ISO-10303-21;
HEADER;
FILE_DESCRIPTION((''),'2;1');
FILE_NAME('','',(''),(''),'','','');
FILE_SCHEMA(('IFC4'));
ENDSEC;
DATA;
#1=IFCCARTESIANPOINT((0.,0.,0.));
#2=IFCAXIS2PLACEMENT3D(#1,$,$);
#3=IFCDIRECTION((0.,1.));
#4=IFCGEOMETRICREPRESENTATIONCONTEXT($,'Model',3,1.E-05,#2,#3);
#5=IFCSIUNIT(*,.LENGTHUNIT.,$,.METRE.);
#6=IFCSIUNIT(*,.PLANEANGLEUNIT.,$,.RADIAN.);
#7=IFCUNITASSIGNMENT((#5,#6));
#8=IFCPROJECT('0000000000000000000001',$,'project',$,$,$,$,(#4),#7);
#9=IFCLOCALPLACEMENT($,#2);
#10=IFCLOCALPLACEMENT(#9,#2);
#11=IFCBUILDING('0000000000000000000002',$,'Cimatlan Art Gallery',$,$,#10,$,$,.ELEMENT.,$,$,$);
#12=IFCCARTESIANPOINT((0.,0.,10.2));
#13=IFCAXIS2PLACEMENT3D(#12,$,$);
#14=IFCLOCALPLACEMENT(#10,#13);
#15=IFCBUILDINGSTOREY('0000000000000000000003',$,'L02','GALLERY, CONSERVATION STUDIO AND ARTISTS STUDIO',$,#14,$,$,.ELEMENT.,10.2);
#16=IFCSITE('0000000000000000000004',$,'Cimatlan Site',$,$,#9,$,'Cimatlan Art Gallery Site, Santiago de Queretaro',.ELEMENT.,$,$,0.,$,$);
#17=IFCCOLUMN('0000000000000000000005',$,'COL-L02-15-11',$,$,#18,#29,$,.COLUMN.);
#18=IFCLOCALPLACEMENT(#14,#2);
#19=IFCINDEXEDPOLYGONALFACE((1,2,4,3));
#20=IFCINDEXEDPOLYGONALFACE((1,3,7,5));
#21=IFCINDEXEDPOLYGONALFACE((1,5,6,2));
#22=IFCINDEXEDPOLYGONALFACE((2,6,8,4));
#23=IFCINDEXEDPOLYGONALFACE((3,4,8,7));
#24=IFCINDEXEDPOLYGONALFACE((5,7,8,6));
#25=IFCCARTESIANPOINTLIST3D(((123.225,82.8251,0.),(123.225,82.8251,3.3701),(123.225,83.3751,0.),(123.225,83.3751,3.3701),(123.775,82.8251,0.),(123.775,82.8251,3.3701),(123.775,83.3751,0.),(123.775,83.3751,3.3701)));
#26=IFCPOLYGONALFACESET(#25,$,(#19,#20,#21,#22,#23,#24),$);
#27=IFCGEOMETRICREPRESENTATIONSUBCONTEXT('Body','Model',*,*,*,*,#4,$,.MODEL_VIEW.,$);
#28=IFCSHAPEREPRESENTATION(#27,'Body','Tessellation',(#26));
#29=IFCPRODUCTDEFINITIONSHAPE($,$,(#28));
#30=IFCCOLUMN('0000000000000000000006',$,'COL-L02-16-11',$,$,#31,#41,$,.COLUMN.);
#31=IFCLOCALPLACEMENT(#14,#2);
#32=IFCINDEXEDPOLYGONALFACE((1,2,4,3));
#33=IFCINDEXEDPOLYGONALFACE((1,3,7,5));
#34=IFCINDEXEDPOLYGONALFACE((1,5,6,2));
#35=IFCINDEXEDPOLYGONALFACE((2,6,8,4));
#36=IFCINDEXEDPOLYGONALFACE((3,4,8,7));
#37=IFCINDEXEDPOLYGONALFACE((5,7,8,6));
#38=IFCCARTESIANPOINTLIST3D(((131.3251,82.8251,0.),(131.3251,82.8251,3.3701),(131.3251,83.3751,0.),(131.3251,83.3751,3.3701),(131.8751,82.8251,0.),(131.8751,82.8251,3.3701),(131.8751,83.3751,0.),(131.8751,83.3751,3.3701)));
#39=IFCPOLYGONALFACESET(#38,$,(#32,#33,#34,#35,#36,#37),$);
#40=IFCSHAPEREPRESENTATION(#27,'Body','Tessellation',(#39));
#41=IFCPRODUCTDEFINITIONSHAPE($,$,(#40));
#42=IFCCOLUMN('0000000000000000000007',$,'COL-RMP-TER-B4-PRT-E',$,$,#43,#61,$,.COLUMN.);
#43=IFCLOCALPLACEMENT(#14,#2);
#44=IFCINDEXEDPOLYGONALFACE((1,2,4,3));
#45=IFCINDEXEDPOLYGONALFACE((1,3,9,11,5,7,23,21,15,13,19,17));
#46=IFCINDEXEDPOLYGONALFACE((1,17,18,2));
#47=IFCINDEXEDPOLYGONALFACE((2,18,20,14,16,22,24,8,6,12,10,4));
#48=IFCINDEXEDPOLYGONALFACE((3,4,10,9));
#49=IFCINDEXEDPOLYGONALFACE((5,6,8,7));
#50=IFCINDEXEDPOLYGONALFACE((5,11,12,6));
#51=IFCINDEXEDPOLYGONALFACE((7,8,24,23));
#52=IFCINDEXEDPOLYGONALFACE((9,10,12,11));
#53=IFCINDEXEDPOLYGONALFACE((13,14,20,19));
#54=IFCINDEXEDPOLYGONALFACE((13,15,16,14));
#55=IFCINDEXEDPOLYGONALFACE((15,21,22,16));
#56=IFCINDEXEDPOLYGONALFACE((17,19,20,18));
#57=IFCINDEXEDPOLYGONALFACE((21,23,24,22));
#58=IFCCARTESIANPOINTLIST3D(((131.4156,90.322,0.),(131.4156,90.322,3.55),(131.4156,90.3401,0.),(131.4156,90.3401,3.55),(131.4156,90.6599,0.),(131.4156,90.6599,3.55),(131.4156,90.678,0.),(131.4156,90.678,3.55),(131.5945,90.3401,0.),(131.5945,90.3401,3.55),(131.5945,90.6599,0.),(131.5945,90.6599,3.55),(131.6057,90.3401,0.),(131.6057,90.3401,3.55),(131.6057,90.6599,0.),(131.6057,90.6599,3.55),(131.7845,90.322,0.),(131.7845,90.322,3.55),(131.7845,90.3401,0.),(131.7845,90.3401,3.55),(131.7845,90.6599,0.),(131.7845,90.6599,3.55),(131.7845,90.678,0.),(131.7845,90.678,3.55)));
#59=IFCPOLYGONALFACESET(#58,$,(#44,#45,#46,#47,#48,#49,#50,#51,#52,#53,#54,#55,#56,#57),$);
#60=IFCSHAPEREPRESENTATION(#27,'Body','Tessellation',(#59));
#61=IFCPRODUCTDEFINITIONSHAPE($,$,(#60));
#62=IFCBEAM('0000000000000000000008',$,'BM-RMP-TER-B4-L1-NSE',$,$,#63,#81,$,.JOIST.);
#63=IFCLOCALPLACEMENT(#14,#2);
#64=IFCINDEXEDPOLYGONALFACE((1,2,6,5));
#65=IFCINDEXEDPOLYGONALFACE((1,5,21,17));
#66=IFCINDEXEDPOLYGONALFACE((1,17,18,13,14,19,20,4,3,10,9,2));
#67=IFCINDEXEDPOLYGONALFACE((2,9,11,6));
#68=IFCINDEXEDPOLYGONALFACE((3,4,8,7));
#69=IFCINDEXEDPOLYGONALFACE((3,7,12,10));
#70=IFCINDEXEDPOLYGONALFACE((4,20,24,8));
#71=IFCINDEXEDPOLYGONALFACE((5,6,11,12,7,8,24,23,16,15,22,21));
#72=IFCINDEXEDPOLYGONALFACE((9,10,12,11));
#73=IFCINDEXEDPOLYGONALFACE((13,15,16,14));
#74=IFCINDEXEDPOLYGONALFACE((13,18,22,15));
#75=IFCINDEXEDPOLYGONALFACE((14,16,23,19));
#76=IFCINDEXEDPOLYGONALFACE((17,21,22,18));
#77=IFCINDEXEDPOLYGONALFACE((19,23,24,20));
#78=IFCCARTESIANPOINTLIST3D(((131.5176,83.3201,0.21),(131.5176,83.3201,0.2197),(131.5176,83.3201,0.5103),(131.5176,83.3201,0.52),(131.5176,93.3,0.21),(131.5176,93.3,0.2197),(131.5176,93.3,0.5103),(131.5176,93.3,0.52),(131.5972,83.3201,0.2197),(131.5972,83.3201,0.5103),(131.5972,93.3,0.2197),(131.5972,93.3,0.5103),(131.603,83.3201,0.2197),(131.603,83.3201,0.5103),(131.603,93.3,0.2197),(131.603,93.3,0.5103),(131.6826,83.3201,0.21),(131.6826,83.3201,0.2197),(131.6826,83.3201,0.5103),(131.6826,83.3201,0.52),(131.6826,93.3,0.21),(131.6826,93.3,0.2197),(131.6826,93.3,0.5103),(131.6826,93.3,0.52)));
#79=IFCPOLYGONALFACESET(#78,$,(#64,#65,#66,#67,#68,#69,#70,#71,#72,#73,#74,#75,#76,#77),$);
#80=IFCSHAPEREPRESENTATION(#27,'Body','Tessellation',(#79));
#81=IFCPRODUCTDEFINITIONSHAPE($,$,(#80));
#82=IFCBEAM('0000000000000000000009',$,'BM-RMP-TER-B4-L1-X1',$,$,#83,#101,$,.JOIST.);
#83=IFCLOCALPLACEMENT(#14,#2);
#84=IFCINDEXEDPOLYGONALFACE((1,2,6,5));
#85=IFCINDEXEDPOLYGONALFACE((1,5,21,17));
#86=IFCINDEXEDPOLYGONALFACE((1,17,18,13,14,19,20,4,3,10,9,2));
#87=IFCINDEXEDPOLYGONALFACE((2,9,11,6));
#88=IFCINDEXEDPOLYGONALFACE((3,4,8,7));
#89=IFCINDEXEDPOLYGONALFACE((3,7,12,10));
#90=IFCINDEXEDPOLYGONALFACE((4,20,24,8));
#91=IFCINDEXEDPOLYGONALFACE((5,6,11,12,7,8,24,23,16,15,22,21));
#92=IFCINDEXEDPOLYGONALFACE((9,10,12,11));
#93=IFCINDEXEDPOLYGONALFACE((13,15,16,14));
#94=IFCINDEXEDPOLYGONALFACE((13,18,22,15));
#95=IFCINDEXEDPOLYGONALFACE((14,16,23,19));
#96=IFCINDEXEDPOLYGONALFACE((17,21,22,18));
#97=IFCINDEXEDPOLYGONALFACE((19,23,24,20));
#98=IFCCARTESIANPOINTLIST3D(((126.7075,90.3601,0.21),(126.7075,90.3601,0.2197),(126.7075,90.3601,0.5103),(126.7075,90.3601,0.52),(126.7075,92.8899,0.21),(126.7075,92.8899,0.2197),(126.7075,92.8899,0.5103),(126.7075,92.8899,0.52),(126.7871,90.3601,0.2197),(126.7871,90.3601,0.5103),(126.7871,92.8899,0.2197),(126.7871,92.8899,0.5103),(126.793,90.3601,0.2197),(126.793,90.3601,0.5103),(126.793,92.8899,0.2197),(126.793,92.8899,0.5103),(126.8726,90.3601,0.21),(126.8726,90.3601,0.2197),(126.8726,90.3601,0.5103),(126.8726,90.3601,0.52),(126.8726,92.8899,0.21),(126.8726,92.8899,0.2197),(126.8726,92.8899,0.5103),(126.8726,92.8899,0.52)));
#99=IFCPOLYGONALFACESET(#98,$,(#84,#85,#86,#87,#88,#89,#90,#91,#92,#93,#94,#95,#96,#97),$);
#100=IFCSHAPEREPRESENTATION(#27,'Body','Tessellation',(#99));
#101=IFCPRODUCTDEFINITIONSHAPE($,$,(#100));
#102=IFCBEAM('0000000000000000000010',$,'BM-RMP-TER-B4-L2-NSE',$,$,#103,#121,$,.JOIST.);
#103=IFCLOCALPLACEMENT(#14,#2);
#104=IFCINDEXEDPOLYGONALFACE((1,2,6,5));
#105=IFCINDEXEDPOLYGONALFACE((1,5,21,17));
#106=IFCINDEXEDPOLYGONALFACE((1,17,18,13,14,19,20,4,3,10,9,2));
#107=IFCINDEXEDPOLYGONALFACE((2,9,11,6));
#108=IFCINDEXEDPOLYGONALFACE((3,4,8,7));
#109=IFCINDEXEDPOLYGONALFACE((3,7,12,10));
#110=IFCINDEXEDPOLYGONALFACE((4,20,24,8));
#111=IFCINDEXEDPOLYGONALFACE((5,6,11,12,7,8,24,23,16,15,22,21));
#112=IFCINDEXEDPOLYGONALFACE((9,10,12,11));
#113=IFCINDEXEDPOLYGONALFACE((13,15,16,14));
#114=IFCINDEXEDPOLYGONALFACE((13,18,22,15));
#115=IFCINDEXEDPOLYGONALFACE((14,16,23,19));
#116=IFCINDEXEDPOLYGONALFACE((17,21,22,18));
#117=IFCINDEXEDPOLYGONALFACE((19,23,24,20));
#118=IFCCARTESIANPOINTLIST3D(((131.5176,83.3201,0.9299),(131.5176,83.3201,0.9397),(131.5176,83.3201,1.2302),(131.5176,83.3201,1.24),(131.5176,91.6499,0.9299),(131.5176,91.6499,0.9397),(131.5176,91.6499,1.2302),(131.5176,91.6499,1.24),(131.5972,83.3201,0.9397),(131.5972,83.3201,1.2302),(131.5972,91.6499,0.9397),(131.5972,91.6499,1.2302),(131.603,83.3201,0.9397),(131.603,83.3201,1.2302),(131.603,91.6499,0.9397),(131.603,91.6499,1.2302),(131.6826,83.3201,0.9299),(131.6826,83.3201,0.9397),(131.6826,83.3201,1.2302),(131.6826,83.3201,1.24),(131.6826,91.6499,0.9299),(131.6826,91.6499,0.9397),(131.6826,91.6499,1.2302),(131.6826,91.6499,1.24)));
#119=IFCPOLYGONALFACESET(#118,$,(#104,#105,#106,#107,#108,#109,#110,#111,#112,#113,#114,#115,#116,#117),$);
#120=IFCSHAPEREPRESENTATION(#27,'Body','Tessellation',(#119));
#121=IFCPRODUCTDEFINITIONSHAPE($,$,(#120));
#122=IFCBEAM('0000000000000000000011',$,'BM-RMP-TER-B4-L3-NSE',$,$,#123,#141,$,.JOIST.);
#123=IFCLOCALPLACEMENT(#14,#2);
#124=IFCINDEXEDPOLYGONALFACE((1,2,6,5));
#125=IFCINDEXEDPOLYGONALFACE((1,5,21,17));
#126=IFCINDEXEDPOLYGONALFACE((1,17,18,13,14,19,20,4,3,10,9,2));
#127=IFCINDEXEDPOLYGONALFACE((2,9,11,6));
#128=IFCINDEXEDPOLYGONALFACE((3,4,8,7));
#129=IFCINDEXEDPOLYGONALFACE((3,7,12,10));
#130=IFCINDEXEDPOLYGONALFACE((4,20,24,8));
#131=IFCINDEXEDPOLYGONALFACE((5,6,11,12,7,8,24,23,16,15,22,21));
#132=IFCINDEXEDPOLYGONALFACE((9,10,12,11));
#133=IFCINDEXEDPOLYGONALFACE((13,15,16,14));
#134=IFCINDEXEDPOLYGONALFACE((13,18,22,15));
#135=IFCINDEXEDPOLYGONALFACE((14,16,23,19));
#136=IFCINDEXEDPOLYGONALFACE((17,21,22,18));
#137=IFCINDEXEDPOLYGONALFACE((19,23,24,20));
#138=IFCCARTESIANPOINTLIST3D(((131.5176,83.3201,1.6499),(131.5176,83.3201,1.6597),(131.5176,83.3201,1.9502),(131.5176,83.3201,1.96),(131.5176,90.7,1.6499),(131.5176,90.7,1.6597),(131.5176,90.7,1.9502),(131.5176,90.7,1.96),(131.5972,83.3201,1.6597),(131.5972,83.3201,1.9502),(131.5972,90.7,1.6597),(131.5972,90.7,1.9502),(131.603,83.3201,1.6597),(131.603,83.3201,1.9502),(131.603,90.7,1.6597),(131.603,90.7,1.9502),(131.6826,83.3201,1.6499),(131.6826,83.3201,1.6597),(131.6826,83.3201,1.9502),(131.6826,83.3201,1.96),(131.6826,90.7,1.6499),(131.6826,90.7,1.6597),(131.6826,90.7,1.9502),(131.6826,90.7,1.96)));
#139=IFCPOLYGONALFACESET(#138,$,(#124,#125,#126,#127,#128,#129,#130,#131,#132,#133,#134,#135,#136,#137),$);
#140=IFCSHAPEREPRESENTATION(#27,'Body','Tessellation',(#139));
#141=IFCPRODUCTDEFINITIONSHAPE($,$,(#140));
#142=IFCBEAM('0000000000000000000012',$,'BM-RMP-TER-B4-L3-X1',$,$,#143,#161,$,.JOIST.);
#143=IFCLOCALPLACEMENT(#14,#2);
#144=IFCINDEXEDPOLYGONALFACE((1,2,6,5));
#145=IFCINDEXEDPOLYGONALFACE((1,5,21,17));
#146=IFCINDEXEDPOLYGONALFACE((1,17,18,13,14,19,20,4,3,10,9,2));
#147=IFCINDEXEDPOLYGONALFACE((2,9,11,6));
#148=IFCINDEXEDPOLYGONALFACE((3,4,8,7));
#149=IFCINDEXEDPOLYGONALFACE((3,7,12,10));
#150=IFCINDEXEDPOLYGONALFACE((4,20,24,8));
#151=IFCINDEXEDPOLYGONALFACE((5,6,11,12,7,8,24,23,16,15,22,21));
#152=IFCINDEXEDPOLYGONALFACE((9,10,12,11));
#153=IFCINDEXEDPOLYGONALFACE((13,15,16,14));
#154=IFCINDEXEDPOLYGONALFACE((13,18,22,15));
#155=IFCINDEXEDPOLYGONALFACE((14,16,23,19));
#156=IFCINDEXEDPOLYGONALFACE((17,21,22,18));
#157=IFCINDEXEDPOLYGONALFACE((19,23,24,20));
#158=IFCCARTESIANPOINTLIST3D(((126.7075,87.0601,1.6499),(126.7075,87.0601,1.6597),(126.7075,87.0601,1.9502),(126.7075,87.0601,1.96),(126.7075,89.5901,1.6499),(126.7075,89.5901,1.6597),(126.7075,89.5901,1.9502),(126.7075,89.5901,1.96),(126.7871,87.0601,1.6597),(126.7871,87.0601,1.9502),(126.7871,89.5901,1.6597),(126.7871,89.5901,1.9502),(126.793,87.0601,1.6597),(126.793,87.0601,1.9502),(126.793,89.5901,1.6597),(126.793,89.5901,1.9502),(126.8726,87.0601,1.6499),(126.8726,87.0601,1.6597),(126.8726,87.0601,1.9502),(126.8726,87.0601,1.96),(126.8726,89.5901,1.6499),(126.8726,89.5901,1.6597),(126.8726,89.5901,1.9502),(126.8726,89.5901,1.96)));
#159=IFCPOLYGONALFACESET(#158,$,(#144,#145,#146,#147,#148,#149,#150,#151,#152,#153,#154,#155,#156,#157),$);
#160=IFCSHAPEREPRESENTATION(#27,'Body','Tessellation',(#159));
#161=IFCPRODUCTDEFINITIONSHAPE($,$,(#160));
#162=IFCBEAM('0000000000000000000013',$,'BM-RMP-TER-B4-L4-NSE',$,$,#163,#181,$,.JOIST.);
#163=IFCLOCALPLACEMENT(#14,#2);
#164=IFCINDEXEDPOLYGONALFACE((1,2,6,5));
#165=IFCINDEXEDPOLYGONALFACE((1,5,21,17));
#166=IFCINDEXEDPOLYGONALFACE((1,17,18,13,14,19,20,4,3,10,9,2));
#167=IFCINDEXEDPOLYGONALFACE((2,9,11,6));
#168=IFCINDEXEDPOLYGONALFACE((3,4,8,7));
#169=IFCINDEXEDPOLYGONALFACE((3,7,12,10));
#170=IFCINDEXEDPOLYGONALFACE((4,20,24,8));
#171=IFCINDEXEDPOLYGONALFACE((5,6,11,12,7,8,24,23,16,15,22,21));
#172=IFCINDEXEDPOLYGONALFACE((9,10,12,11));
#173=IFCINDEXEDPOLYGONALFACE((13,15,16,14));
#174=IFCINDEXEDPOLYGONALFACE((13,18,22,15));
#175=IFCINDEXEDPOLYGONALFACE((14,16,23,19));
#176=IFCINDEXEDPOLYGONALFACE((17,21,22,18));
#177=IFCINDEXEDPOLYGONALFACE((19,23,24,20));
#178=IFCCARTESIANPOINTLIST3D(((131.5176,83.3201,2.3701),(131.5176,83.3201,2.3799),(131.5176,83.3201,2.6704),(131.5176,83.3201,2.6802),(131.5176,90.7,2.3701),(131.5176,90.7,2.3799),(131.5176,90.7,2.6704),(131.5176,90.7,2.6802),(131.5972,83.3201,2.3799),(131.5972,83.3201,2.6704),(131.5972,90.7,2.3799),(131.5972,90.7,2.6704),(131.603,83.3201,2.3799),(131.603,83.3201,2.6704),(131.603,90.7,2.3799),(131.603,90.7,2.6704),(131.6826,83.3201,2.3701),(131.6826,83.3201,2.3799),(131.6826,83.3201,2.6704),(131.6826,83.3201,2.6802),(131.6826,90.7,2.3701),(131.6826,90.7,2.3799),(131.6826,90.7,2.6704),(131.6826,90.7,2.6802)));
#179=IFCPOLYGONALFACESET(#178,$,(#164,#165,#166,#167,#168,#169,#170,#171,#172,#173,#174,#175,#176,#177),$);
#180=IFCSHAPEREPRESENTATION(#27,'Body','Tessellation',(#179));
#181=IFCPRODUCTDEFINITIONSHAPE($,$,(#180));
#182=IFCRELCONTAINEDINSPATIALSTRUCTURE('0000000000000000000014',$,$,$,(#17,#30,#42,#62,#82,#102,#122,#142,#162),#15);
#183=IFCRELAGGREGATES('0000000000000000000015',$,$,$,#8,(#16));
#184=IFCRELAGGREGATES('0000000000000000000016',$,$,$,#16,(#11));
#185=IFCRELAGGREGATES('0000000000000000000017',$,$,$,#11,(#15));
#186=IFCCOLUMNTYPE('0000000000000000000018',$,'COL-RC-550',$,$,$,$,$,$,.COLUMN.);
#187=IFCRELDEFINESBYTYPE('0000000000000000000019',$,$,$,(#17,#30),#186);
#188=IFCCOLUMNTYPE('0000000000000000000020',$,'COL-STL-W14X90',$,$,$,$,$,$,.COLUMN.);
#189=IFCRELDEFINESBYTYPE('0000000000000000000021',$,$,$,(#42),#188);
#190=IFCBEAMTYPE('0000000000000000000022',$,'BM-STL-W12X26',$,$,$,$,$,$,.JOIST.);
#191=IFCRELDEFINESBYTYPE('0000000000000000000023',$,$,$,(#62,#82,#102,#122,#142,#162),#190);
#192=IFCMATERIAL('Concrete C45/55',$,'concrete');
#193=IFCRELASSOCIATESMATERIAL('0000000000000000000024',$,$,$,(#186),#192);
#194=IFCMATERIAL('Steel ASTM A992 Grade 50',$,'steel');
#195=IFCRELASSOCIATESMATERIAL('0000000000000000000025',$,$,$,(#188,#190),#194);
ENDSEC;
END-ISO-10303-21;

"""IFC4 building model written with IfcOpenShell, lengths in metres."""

from ifc_helpers import new_model, si_unit, direction, frame, origin, origin_2d, place, context, subcontext, project, spatial, rectangle, i_section, extrude, material, material_profile, profile_set, type_object, element, save


model = new_model("IFC4")

# Units and contexts
model_context = context("Model", 3, precision=1e-05, world=origin(), true_north=direction((0.0, 1.0)))
body_context = subcontext(model_context, "Body", "Model", "MODEL_VIEW")
ifc_project = project(units=[si_unit("LENGTHUNIT", "METRE"), si_unit("PLANEANGLEUNIT", "RADIAN")], contexts=[model_context])

# Site, building, storey
site_placement = place(None, origin())
site = spatial("IfcSite", under=ifc_project, at=site_placement, Name="Cimatlan Site", LongName="Cimatlan Art Gallery Site, Santiago de Queretaro", CompositionType="ELEMENT", RefElevation=0.0)
building_placement = place(site_placement, origin())
building = spatial("IfcBuilding", under=site, at=building_placement, Name="Cimatlan Art Gallery", CompositionType="ELEMENT")
storey_placement = place(building_placement, frame((0.0, 0.0, 10.2)))
storey = spatial("IfcBuildingStorey", under=building, at=storey_placement, Name="L02", Description="GALLERY, CONSERVATION STUDIO AND ARTISTS STUDIO", CompositionType="ELEMENT", Elevation=10.2)

# Columns
ifc_material_1 = material(Name="Concrete C45/55", Category="concrete")
ifc_material_profile_1 = material_profile(ifc_material_1, rectangle(XDim=0.55, YDim=0.55, at=origin_2d()), Name="RC550X550")
ifc_profile_set_1 = profile_set([ifc_material_profile_1], Name="Concrete C45/55")
column_type_1 = type_object("IfcColumnType", Name="COL-RC-550", PredefinedType="COLUMN", material=ifc_profile_set_1)
for number, where, z_axis, x_axis, name in (
    (1, (123.5, 83.1001, 0.0), (0.0, 0.0, 1.0), (1.0, 0.0, 0.0), "COL-L02-15-11"),
    (2, (131.6001, 83.1001, 0.0), (0.0, 0.0, 1.0), (1.0, 0.0, 0.0), "COL-L02-16-11"),
):
    element("IfcColumn", number, at=place(storey_placement, frame(where, z_axis=z_axis, x_axis=x_axis)), inside=storey, type_object=column_type_1, Name=name, PredefinedType="COLUMN", context=body_context, shape_type="SweptSolid", body=[
        extrude(rectangle(XDim=0.55, YDim=0.55, at=origin_2d()), origin(), (0.0, 0.0, 1.0), 3.3701),
    ])
ifc_material_2 = material(Name="Steel ASTM A992 Grade 50", Category="steel")
ifc_material_profile_2 = material_profile(ifc_material_2, i_section(OverallWidth=0.3689, OverallDepth=0.356, WebThickness=0.0112, FlangeThickness=0.0181, at=origin_2d()), Name="W14X90")
ifc_profile_set_2 = profile_set([ifc_material_profile_2], Name="Steel ASTM A992 Grade 50")
column_type_2 = type_object("IfcColumnType", Name="COL-STL-W14X90", PredefinedType="COLUMN", material=ifc_profile_set_2)
column_placement = place(storey_placement, frame((131.6001, 90.5, 0.0), z_axis=(0.0, 0.0, 1.0), x_axis=(1.0, 0.0, 0.0)))
element("IfcColumn", 3, at=column_placement, inside=storey, type_object=column_type_2, Name="COL-RMP-TER-B4-PRT-E", PredefinedType="COLUMN", context=body_context, shape_type="SweptSolid", body=[
    extrude(i_section(OverallWidth=0.3689, OverallDepth=0.356, WebThickness=0.0112, FlangeThickness=0.0181, at=origin_2d()), origin(), (0.0, 0.0, 1.0), 3.55),
])

# Beams
ifc_material_profile_3 = material_profile(ifc_material_2, i_section(OverallWidth=0.165, OverallDepth=0.3101, WebThickness=0.0059, FlangeThickness=0.0098, at=origin_2d()), Name="W12X26")
ifc_profile_set_3 = profile_set([ifc_material_profile_3], Name="Steel ASTM A992 Grade 50")
beam_type_1 = type_object("IfcBeamType", Name="BM-STL-W12X26", PredefinedType="JOIST", material=ifc_profile_set_3)
beam_1_placement = place(storey_placement, frame((131.6001, 83.3201, 0.365), z_axis=(0.0, 1.0, 0.0), x_axis=(-1.0, 0.0, 0.0)))
element("IfcBeam", 4, at=beam_1_placement, inside=storey, type_object=beam_type_1, Name="BM-RMP-TER-B4-L1-NSE", PredefinedType="JOIST", context=body_context, shape_type="SweptSolid", body=[
    extrude(i_section(OverallWidth=0.165, OverallDepth=0.3101, WebThickness=0.0059, FlangeThickness=0.0098, at=origin_2d()), origin(), (0.0, 0.0, 1.0), 9.98),
])
beam_2_placement = place(storey_placement, frame((126.79, 90.3601, 0.365), z_axis=(0.0, 1.0, 0.0), x_axis=(-1.0, 0.0, 0.0)))
element("IfcBeam", 5, at=beam_2_placement, inside=storey, type_object=beam_type_1, Name="BM-RMP-TER-B4-L1-X1", PredefinedType="JOIST", context=body_context, shape_type="SweptSolid", body=[
    extrude(i_section(OverallWidth=0.165, OverallDepth=0.3101, WebThickness=0.0059, FlangeThickness=0.0098, at=origin_2d()), origin(), (0.0, 0.0, 1.0), 2.5298),
])
beam_3_placement = place(storey_placement, frame((131.6001, 83.3201, 1.085), z_axis=(0.0, 1.0, 0.0), x_axis=(-1.0, 0.0, 0.0)))
element("IfcBeam", 6, at=beam_3_placement, inside=storey, type_object=beam_type_1, Name="BM-RMP-TER-B4-L2-NSE", PredefinedType="JOIST", context=body_context, shape_type="SweptSolid", body=[
    extrude(i_section(OverallWidth=0.165, OverallDepth=0.3101, WebThickness=0.0059, FlangeThickness=0.0098, at=origin_2d()), origin(), (0.0, 0.0, 1.0), 8.3298),
])
beam_4_placement = place(storey_placement, frame((131.6001, 83.3201, 1.8049), z_axis=(0.0, 1.0, 0.0), x_axis=(-1.0, 0.0, 0.0)))
element("IfcBeam", 7, at=beam_4_placement, inside=storey, type_object=beam_type_1, Name="BM-RMP-TER-B4-L3-NSE", PredefinedType="JOIST", context=body_context, shape_type="SweptSolid", body=[
    extrude(i_section(OverallWidth=0.165, OverallDepth=0.3101, WebThickness=0.0059, FlangeThickness=0.0098, at=origin_2d()), origin(), (0.0, 0.0, 1.0), 7.3799),
])
beam_5_placement = place(storey_placement, frame((126.79, 87.0601, 1.8049), z_axis=(0.0, 1.0, 0.0), x_axis=(-1.0, 0.0, 0.0)))
element("IfcBeam", 8, at=beam_5_placement, inside=storey, type_object=beam_type_1, Name="BM-RMP-TER-B4-L3-X1", PredefinedType="JOIST", context=body_context, shape_type="SweptSolid", body=[
    extrude(i_section(OverallWidth=0.165, OverallDepth=0.3101, WebThickness=0.0059, FlangeThickness=0.0098, at=origin_2d()), origin(), (0.0, 0.0, 1.0), 2.53),
])
for number, where, z_axis, x_axis, name in (
    (9, (131.6001, 83.3201, 2.5251), (0.0, 1.0, 0.0), (-1.0, 0.0, 0.0), "BM-RMP-TER-B4-L4-NSE"),
):
    element("IfcBeam", number, at=place(storey_placement, frame(where, z_axis=z_axis, x_axis=x_axis)), inside=storey, type_object=beam_type_1, Name=name, PredefinedType="JOIST", context=body_context, shape_type="SweptSolid", body=[
        extrude(i_section(OverallWidth=0.165, OverallDepth=0.3101, WebThickness=0.0059, FlangeThickness=0.0098, at=origin_2d()), origin(), (0.0, 0.0, 1.0), 7.3799),
    ])

save(model, "model.ifc")
